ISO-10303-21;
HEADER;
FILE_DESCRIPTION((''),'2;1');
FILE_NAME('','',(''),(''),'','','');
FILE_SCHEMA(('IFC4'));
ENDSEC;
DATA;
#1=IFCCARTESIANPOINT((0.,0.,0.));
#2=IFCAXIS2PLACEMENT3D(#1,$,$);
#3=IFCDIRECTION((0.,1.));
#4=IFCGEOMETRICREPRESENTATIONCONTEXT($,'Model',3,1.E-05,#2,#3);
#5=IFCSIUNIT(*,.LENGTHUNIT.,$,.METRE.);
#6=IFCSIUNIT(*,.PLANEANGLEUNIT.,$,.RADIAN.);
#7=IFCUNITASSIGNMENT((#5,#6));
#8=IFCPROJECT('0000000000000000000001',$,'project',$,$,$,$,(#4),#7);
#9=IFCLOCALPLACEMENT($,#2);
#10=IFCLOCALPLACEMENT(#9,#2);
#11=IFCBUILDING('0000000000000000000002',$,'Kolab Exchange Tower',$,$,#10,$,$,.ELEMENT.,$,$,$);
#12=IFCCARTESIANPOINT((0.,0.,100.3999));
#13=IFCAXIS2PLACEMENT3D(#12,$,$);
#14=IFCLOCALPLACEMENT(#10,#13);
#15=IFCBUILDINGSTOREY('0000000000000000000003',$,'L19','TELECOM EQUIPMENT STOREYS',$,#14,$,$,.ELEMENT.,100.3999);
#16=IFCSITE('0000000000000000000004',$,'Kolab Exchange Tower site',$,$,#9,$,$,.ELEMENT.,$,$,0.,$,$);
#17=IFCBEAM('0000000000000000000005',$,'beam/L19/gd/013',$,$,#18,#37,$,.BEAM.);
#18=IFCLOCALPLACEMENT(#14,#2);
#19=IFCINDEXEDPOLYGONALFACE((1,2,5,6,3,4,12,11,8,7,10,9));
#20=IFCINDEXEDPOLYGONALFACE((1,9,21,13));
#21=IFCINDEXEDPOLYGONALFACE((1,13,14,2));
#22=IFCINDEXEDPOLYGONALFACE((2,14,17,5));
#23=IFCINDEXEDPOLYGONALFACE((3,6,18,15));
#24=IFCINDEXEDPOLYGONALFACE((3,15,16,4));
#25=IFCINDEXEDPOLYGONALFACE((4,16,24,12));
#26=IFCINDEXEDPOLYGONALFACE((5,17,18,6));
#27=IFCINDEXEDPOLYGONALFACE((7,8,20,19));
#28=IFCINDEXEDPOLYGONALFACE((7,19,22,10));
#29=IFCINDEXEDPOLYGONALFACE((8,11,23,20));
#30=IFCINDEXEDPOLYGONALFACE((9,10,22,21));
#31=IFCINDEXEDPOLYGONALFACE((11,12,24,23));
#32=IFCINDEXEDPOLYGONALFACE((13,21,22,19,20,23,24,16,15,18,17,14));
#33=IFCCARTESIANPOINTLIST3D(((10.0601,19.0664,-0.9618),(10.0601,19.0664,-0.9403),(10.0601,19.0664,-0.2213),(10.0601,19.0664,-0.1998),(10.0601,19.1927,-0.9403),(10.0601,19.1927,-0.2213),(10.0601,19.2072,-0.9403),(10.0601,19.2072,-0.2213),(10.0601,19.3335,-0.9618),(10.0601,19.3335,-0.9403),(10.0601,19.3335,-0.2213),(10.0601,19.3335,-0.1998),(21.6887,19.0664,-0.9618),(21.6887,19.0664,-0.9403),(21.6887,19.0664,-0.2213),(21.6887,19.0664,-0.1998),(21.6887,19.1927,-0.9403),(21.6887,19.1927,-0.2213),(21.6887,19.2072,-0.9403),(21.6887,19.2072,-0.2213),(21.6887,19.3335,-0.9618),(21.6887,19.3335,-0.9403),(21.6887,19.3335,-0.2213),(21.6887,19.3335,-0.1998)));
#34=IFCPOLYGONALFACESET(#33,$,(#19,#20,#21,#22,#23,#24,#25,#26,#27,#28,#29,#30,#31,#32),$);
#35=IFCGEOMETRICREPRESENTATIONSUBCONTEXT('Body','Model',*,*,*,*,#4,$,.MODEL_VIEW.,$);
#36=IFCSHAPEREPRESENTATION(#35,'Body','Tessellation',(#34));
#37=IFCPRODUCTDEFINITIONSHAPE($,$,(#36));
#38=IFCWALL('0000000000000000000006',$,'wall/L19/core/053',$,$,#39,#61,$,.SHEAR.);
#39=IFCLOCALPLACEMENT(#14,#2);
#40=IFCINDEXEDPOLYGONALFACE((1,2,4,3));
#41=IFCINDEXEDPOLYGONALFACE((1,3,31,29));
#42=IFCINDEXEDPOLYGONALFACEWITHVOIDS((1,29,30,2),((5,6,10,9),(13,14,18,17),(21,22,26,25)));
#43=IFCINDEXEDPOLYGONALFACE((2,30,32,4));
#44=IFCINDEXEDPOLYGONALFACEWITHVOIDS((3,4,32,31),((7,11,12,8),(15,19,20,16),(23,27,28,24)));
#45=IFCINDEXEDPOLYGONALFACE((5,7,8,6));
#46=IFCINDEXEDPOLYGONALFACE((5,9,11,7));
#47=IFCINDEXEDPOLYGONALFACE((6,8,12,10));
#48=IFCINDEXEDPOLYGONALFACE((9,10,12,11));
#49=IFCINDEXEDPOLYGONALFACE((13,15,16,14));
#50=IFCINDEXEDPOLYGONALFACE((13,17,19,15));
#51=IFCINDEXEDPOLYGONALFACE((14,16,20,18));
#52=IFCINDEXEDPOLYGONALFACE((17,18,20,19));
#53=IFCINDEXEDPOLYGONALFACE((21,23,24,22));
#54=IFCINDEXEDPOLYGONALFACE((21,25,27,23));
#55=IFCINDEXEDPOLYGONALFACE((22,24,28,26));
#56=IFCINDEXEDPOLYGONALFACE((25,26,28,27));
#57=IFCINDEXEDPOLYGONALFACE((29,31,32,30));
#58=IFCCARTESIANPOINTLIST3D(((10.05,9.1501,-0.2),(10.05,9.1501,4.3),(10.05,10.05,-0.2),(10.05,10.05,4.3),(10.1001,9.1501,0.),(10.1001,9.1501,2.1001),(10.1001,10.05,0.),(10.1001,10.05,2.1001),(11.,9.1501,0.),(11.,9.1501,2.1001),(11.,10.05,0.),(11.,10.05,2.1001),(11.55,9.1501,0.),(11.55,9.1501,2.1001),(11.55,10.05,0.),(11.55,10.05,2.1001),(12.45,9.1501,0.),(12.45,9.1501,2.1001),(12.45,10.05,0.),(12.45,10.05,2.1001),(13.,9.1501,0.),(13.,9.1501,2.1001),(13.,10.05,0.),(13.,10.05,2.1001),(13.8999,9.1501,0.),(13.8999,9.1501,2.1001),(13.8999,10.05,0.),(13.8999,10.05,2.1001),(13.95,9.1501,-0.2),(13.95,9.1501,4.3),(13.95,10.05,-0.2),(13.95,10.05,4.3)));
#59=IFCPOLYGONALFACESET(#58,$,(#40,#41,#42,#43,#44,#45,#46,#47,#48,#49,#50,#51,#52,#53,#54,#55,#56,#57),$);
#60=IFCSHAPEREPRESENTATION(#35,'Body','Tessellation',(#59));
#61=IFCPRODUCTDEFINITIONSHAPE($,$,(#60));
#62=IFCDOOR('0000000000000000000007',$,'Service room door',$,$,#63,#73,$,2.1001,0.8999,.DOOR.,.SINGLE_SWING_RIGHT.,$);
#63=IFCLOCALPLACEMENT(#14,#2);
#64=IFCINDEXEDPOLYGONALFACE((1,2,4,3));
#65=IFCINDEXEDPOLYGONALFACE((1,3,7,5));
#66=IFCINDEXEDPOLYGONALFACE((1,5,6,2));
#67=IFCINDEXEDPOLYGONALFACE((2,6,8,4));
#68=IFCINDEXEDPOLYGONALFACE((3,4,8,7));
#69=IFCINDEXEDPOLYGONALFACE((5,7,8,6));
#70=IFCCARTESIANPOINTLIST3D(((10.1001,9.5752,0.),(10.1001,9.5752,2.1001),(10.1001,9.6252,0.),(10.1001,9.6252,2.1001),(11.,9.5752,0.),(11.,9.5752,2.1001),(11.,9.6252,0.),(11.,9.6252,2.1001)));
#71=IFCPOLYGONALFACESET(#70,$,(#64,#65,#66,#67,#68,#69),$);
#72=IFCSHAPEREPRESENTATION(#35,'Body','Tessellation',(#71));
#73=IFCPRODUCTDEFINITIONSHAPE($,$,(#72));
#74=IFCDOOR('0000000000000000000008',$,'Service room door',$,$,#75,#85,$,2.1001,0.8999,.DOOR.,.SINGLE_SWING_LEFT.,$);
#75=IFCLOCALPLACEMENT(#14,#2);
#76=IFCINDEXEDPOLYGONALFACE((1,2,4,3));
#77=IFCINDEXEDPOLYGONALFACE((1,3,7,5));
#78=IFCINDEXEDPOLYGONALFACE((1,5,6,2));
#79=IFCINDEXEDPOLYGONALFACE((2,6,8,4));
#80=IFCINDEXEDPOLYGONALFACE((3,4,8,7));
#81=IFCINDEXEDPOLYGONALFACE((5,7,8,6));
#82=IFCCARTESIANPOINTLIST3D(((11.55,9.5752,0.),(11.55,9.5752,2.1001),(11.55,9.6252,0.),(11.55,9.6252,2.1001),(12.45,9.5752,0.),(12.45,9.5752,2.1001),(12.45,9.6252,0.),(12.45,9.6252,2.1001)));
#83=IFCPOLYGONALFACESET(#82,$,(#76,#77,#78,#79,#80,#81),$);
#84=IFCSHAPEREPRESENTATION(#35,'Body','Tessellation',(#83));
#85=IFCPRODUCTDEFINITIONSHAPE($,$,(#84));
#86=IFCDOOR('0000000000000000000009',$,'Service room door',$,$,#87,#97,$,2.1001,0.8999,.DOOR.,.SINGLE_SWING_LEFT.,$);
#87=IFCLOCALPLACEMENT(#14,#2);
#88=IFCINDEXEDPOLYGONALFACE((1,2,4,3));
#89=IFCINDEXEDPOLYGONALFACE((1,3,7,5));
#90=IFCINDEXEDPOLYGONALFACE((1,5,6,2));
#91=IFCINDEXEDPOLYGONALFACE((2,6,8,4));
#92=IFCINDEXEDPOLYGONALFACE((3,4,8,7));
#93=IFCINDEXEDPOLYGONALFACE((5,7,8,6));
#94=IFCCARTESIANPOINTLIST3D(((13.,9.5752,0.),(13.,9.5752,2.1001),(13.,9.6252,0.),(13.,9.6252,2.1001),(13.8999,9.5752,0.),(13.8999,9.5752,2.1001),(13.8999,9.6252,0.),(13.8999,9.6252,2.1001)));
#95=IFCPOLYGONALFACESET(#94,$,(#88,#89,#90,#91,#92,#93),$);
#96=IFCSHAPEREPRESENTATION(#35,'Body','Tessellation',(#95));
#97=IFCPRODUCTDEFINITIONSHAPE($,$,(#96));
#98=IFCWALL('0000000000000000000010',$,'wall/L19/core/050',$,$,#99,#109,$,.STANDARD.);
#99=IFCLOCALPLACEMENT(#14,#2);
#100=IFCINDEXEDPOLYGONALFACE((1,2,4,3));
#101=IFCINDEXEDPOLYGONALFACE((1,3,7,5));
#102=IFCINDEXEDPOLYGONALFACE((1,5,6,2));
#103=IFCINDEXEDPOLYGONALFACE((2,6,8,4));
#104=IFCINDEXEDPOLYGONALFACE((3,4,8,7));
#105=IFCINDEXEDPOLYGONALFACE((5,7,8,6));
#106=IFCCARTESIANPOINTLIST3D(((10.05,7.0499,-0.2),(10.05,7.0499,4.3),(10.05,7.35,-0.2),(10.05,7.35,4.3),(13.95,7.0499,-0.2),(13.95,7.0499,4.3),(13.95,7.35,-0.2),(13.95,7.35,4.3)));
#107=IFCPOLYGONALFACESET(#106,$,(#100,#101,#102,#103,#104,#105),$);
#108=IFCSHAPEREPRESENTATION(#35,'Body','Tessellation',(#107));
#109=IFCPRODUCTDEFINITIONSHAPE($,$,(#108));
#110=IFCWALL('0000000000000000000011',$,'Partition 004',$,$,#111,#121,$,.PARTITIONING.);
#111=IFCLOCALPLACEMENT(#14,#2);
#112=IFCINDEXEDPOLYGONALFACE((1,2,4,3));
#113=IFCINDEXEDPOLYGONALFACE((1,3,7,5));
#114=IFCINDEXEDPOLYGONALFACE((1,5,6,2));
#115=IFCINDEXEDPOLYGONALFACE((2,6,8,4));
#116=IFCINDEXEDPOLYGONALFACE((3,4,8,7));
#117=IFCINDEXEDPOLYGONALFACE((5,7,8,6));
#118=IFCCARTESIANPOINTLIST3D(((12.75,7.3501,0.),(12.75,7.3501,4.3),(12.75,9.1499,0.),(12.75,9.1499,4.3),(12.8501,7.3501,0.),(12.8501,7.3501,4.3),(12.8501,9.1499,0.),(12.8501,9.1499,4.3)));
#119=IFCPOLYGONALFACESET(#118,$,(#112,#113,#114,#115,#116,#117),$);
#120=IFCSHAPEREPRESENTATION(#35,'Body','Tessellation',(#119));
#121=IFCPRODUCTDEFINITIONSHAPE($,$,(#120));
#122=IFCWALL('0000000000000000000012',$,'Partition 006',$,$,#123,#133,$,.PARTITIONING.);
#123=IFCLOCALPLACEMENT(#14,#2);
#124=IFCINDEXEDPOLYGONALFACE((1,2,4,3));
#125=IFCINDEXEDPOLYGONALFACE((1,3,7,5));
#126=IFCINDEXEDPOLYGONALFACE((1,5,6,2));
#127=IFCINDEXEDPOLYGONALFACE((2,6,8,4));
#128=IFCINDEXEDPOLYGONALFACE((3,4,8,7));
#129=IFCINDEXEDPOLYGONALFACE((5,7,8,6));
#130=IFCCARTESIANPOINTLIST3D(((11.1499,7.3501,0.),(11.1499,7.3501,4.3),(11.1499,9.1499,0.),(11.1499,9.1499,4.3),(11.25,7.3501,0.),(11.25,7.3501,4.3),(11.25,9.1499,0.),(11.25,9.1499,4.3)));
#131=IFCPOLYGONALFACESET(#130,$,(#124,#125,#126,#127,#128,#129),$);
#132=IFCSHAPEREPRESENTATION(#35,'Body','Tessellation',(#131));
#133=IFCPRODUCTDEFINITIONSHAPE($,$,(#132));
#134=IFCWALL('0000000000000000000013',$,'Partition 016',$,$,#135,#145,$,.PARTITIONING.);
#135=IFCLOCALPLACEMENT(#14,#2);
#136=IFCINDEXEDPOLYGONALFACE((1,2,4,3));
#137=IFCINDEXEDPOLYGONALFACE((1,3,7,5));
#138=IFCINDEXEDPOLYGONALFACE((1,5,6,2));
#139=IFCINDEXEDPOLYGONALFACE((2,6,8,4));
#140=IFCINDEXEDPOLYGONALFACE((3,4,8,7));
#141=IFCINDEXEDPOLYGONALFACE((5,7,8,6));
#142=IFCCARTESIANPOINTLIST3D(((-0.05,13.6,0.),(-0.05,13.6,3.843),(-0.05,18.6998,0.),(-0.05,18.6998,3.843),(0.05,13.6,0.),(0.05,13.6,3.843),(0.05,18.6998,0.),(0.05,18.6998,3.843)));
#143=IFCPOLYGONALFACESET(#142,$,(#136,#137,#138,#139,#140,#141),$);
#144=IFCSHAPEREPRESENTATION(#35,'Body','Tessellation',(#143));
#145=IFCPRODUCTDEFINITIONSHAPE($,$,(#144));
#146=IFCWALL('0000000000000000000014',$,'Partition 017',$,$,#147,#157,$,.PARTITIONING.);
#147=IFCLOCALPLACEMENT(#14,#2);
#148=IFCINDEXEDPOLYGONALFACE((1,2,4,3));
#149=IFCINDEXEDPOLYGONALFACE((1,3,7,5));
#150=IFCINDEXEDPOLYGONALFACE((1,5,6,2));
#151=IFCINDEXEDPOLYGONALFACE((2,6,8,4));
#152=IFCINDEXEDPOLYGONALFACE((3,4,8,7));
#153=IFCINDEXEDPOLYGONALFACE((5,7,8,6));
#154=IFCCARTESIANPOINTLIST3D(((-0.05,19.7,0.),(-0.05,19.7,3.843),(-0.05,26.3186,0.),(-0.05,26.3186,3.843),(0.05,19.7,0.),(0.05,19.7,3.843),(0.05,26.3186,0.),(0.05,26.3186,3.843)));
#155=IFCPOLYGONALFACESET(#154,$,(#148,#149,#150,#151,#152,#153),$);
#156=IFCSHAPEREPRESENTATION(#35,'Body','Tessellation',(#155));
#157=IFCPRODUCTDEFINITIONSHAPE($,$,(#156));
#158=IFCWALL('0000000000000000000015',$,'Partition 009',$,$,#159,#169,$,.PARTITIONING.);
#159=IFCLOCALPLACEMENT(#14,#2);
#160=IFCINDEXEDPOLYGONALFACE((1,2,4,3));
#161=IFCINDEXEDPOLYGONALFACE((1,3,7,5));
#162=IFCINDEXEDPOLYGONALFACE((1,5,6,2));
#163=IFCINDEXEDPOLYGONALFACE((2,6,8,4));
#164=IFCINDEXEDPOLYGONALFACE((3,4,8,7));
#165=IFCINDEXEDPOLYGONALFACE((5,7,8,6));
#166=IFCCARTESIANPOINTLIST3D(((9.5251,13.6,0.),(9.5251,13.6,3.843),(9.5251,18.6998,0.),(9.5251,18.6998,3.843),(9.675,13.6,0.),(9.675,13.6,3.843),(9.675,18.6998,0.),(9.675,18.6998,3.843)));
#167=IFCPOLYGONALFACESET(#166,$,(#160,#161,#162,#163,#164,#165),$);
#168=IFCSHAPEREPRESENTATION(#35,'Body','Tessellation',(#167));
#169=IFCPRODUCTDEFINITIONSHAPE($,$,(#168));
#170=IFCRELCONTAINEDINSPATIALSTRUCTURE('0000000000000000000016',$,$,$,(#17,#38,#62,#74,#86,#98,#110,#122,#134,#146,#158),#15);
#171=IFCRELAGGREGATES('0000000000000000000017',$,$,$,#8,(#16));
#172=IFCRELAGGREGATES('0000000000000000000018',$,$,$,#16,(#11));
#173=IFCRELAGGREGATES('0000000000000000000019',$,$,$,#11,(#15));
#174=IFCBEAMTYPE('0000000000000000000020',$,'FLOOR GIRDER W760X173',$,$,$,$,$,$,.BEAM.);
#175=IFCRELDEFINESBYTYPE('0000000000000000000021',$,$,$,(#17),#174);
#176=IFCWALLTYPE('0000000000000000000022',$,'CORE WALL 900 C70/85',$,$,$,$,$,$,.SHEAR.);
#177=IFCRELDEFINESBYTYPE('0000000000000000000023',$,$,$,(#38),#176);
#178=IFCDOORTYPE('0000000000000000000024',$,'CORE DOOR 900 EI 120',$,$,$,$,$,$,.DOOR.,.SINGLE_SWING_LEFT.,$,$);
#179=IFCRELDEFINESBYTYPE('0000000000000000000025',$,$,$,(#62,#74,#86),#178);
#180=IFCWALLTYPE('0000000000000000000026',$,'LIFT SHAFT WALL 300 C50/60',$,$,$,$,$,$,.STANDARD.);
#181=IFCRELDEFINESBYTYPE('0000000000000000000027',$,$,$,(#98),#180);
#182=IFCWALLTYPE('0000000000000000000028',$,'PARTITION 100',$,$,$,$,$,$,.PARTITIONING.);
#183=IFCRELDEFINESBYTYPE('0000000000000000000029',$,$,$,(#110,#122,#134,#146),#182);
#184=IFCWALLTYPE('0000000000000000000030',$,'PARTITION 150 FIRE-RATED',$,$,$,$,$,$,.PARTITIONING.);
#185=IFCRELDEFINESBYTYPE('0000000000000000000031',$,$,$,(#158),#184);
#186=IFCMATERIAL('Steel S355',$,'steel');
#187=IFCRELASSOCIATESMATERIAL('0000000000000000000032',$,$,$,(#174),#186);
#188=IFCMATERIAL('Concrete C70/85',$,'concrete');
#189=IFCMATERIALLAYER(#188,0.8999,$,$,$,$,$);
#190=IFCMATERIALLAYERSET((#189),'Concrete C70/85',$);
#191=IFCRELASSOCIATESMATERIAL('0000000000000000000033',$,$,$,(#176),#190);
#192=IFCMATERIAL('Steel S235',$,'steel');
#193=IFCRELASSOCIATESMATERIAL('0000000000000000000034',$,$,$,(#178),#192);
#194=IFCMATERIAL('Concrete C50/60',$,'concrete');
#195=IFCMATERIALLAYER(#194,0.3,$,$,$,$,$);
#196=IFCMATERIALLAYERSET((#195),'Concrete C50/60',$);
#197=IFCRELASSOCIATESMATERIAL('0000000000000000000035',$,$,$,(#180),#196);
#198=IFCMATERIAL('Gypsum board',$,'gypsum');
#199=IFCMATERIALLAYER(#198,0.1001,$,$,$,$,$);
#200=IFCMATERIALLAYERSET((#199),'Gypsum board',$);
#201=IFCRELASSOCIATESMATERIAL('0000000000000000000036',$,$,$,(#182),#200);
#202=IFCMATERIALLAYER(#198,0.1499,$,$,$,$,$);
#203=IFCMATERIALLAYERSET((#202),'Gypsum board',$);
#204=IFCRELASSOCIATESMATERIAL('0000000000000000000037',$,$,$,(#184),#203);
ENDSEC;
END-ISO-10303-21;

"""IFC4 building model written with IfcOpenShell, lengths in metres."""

from ifc_helpers import new_model, si_unit, direction, frame, frame_2d, origin, origin_2d, place, context, subcontext, project, spatial, rectangle, i_section, extrude, material, layer, layer_set, material_profile, profile_set, type_object, element, fill, save


model = new_model("IFC4")

# Units and contexts
model_context = context("Model", 3, precision=1e-05, world=origin(), true_north=direction((0.0, 1.0)))
body_context = subcontext(model_context, "Body", "Model", "MODEL_VIEW")
ifc_project = project(units=[si_unit("LENGTHUNIT", "METRE"), si_unit("PLANEANGLEUNIT", "RADIAN")], contexts=[model_context])

# Site, building, storey
site_placement = place(None, origin())
site = spatial("IfcSite", under=ifc_project, at=site_placement, Name="Kolab Exchange Tower site", CompositionType="ELEMENT", RefElevation=0.0)
building_placement = place(site_placement, origin())
building = spatial("IfcBuilding", under=site, at=building_placement, Name="Kolab Exchange Tower", CompositionType="ELEMENT")
storey_placement = place(building_placement, frame((0.0, 0.0, 100.3999)))
storey = spatial("IfcBuildingStorey", under=building, at=storey_placement, Name="L19", Description="TELECOM EQUIPMENT STOREYS", CompositionType="ELEMENT", Elevation=100.3999)

# Shared definitions
ifc_material_1 = material(Name="Concrete C70/85", Category="concrete")

# Beam
ifc_material_2 = material(Name="Steel S355", Category="steel")
ifc_material_profile_1 = material_profile(ifc_material_2, i_section(OverallWidth=0.2671, OverallDepth=0.762, WebThickness=0.0144, FlangeThickness=0.0215, at=origin_2d()), Name="W760X173")
ifc_profile_set_1 = profile_set([ifc_material_profile_1], Name="Steel S355")
beam_type_1 = type_object("IfcBeamType", Name="FLOOR GIRDER W760X173", PredefinedType="BEAM", material=ifc_profile_set_1)
beam_1_placement = place(storey_placement, frame((10.0601, 19.2, -0.5808), z_axis=(1.0, 0.0, 0.0), x_axis=(0.0, 1.0, 0.0)))
element("IfcBeam", 1, at=beam_1_placement, inside=storey, type_object=beam_type_1, Name="beam/L19/gd/013", PredefinedType="BEAM", context=body_context, shape_type="SweptSolid", body=[
    extrude(i_section(OverallWidth=0.2671, OverallDepth=0.762, WebThickness=0.0144, FlangeThickness=0.0215, at=origin_2d()), origin(), (0.0, 0.0, 1.0), 11.6287),
])

# Wall, openings, doors
ifc_layer_1 = layer(ifc_material_1, 0.8999)
ifc_layer_set_1 = layer_set([ifc_layer_1], Name="Concrete C70/85")
wall_type_1 = type_object("IfcWallType", Name="CORE WALL 900 C70/85", PredefinedType="SHEAR", material=ifc_layer_set_1)
wall_1_placement = place(storey_placement, frame((10.05, 9.6001, -0.2), z_axis=(0.0, 0.0, 1.0), x_axis=(1.0, 0.0, 0.0)))
wall_1 = element("IfcWall", 2, at=wall_1_placement, inside=storey, type_object=wall_type_1, Name="wall/L19/core/053", PredefinedType="SHEAR", context=body_context, shape_type="SweptSolid", body=[
    extrude(rectangle(XDim=3.8999, YDim=0.8999, at=frame_2d((1.95, 0.0))), origin(), (0.0, 0.0, 1.0), 4.5),
])
opening_1_placement = place(wall_1_placement, frame((0.05, 0.0, 0.2)))
opening_1 = element("IfcOpeningElement", 3, at=opening_1_placement, cuts=wall_1, PredefinedType="OPENING", context=body_context, shape_type="SweptSolid", body=[
    extrude(rectangle(XDim=0.8999, YDim=2.1001, at=frame_2d((0.45, 1.05))), frame((0.0, 0.46, 0.0), z_axis=(0.0, -1.0, 0.0), x_axis=(1.0, 0.0, 0.0)), (0.0, 0.0, 1.0), 0.9199),
])
opening_2_placement = place(wall_1_placement, frame((1.5, 0.0, 0.2)))
opening_2 = element("IfcOpeningElement", 4, at=opening_2_placement, cuts=wall_1, PredefinedType="OPENING", context=body_context, shape_type="SweptSolid", body=[
    extrude(rectangle(XDim=0.8999, YDim=2.1001, at=frame_2d((0.45, 1.05))), frame((0.0, 0.46, 0.0), z_axis=(0.0, -1.0, 0.0), x_axis=(1.0, 0.0, 0.0)), (0.0, 0.0, 1.0), 0.9199),
])
opening_3_placement = place(wall_1_placement, frame((2.95, 0.0, 0.2)))
opening_3 = element("IfcOpeningElement", 5, at=opening_3_placement, cuts=wall_1, PredefinedType="OPENING", context=body_context, shape_type="SweptSolid", body=[
    extrude(rectangle(XDim=0.8999, YDim=2.1001, at=frame_2d((0.45, 1.05))), frame((0.0, 0.46, 0.0), z_axis=(0.0, -1.0, 0.0), x_axis=(1.0, 0.0, 0.0)), (0.0, 0.0, 1.0), 0.9199),
])
ifc_material_3 = material(Name="Steel S235", Category="steel")
door_type = type_object("IfcDoorType", Name="CORE DOOR 900 EI 120", OperationType="SINGLE_SWING_LEFT", PredefinedType="DOOR", material=ifc_material_3)
door_1_placement = place(opening_1_placement, frame((0.8999, 0.0, 0.0), z_axis=(0.0, 0.0, 1.0), x_axis=(-1.0, 0.0, 0.0)))
door_1 = element("IfcDoor", 6, at=door_1_placement, inside=storey, type_object=door_type, Name="Service room door", OperationType="SINGLE_SWING_RIGHT", OverallHeight=2.1001, OverallWidth=0.8999, PredefinedType="DOOR", context=body_context, shape_type="SweptSolid", body=[
    extrude(rectangle(XDim=0.8999, YDim=2.1001, at=frame_2d((0.45, 1.05))), frame((0.0, 0.0249, 0.0), z_axis=(0.0, -1.0, 0.0), x_axis=(1.0, 0.0, 0.0)), (0.0, 0.0, 1.0), 0.05),
])
fill(opening_1, door_1)
door_2_placement = place(opening_2_placement, frame((0.8999, 0.0, 0.0), z_axis=(0.0, 0.0, 1.0), x_axis=(-1.0, 0.0, 0.0)))
door_2 = element("IfcDoor", 7, at=door_2_placement, inside=storey, type_object=door_type, Name="Service room door", OperationType="SINGLE_SWING_LEFT", OverallHeight=2.1001, OverallWidth=0.8999, PredefinedType="DOOR", context=body_context, shape_type="SweptSolid", body=[
    extrude(rectangle(XDim=0.8999, YDim=2.1001, at=frame_2d((0.45, 1.05))), frame((0.0, 0.0249, 0.0), z_axis=(0.0, -1.0, 0.0), x_axis=(1.0, 0.0, 0.0)), (0.0, 0.0, 1.0), 0.05),
])
fill(opening_2, door_2)
door_3_placement = place(opening_3_placement, frame((0.8999, 0.0, 0.0), z_axis=(0.0, 0.0, 1.0), x_axis=(-1.0, 0.0, 0.0)))
door_3 = element("IfcDoor", 8, at=door_3_placement, inside=storey, type_object=door_type, Name="Service room door", OperationType="SINGLE_SWING_LEFT", OverallHeight=2.1001, OverallWidth=0.8999, PredefinedType="DOOR", context=body_context, shape_type="SweptSolid", body=[
    extrude(rectangle(XDim=0.8999, YDim=2.1001, at=frame_2d((0.45, 1.05))), frame((0.0, 0.0249, 0.0), z_axis=(0.0, -1.0, 0.0), x_axis=(1.0, 0.0, 0.0)), (0.0, 0.0, 1.0), 0.05),
])
fill(opening_3, door_3)

# Walls
ifc_material_4 = material(Name="Concrete C50/60", Category="concrete")
ifc_layer_2 = layer(ifc_material_4, 0.3)
ifc_layer_set_2 = layer_set([ifc_layer_2], Name="Concrete C50/60")
wall_type_2 = type_object("IfcWallType", Name="LIFT SHAFT WALL 300 C50/60", PredefinedType="STANDARD", material=ifc_layer_set_2)
wall_2_placement = place(storey_placement, frame((10.05, 7.2, -0.2), z_axis=(0.0, 0.0, 1.0), x_axis=(1.0, 0.0, 0.0)))
element("IfcWall", 9, at=wall_2_placement, inside=storey, type_object=wall_type_2, Name="wall/L19/core/050", PredefinedType="STANDARD", context=body_context, shape_type="SweptSolid", body=[
    extrude(rectangle(XDim=3.8999, YDim=0.3, at=frame_2d((1.95, 0.0))), origin(), (0.0, 0.0, 1.0), 4.5),
])
ifc_material_5 = material(Name="Gypsum board", Category="gypsum")
ifc_layer_3 = layer(ifc_material_5, 0.1001)
ifc_layer_set_3 = layer_set([ifc_layer_3], Name="Gypsum board")
wall_type_3 = type_object("IfcWallType", Name="PARTITION 100", PredefinedType="PARTITIONING", material=ifc_layer_set_3)
for number, where, z_axis, x_axis, name in (
    (10, (12.8, 7.3501, 0.0), (0.0, 0.0, 1.0), (0.0, 1.0, 0.0), "Partition 004"),
    (11, (11.2, 7.3501, 0.0), (0.0, 0.0, 1.0), (0.0, 1.0, 0.0), "Partition 006"),
):
    element("IfcWall", number, at=place(storey_placement, frame(where, z_axis=z_axis, x_axis=x_axis)), inside=storey, type_object=wall_type_3, Name=name, PredefinedType="PARTITIONING", context=body_context, shape_type="SweptSolid", body=[
        extrude(rectangle(XDim=1.7998, YDim=0.1001, at=frame_2d((0.8999, 0.0))), origin(), (0.0, 0.0, 1.0), 4.3),
    ])
wall_3_placement = place(storey_placement, frame((0.0, 13.6001, 0.0), z_axis=(0.0, 0.0, 1.0), x_axis=(0.0, 1.0, 0.0)))
element("IfcWall", 12, at=wall_3_placement, inside=storey, type_object=wall_type_3, Name="Partition 016", PredefinedType="PARTITIONING", context=body_context, shape_type="SweptSolid", body=[
    extrude(rectangle(XDim=5.0999, YDim=0.1001, at=frame_2d((2.5498, 0.0))), origin(), (0.0, 0.0, 1.0), 3.843),
])
wall_4_placement = place(storey_placement, frame((0.0, 19.7, 0.0), z_axis=(0.0, 0.0, 1.0), x_axis=(0.0, 1.0, 0.0)))
element("IfcWall", 13, at=wall_4_placement, inside=storey, type_object=wall_type_3, Name="Partition 017", PredefinedType="PARTITIONING", context=body_context, shape_type="SweptSolid", body=[
    extrude(rectangle(XDim=6.6187, YDim=0.1001, at=frame_2d((3.3093, 0.0))), origin(), (0.0, 0.0, 1.0), 3.843),
])
ifc_layer_4 = layer(ifc_material_5, 0.1499)
ifc_layer_set_4 = layer_set([ifc_layer_4], Name="Gypsum board")
wall_type_4 = type_object("IfcWallType", Name="PARTITION 150 FIRE-RATED", PredefinedType="PARTITIONING", material=ifc_layer_set_4)
wall_5_placement = place(storey_placement, frame((9.6001, 13.6001, 0.0), z_axis=(0.0, 0.0, 1.0), x_axis=(0.0, 1.0, 0.0)))
element("IfcWall", 14, at=wall_5_placement, inside=storey, type_object=wall_type_4, Name="Partition 009", PredefinedType="PARTITIONING", context=body_context, shape_type="SweptSolid", body=[
    extrude(rectangle(XDim=5.0999, YDim=0.1499, at=frame_2d((2.5498, 0.0))), origin(), (0.0, 0.0, 1.0), 3.843),
])

save(model, "model.ifc")
